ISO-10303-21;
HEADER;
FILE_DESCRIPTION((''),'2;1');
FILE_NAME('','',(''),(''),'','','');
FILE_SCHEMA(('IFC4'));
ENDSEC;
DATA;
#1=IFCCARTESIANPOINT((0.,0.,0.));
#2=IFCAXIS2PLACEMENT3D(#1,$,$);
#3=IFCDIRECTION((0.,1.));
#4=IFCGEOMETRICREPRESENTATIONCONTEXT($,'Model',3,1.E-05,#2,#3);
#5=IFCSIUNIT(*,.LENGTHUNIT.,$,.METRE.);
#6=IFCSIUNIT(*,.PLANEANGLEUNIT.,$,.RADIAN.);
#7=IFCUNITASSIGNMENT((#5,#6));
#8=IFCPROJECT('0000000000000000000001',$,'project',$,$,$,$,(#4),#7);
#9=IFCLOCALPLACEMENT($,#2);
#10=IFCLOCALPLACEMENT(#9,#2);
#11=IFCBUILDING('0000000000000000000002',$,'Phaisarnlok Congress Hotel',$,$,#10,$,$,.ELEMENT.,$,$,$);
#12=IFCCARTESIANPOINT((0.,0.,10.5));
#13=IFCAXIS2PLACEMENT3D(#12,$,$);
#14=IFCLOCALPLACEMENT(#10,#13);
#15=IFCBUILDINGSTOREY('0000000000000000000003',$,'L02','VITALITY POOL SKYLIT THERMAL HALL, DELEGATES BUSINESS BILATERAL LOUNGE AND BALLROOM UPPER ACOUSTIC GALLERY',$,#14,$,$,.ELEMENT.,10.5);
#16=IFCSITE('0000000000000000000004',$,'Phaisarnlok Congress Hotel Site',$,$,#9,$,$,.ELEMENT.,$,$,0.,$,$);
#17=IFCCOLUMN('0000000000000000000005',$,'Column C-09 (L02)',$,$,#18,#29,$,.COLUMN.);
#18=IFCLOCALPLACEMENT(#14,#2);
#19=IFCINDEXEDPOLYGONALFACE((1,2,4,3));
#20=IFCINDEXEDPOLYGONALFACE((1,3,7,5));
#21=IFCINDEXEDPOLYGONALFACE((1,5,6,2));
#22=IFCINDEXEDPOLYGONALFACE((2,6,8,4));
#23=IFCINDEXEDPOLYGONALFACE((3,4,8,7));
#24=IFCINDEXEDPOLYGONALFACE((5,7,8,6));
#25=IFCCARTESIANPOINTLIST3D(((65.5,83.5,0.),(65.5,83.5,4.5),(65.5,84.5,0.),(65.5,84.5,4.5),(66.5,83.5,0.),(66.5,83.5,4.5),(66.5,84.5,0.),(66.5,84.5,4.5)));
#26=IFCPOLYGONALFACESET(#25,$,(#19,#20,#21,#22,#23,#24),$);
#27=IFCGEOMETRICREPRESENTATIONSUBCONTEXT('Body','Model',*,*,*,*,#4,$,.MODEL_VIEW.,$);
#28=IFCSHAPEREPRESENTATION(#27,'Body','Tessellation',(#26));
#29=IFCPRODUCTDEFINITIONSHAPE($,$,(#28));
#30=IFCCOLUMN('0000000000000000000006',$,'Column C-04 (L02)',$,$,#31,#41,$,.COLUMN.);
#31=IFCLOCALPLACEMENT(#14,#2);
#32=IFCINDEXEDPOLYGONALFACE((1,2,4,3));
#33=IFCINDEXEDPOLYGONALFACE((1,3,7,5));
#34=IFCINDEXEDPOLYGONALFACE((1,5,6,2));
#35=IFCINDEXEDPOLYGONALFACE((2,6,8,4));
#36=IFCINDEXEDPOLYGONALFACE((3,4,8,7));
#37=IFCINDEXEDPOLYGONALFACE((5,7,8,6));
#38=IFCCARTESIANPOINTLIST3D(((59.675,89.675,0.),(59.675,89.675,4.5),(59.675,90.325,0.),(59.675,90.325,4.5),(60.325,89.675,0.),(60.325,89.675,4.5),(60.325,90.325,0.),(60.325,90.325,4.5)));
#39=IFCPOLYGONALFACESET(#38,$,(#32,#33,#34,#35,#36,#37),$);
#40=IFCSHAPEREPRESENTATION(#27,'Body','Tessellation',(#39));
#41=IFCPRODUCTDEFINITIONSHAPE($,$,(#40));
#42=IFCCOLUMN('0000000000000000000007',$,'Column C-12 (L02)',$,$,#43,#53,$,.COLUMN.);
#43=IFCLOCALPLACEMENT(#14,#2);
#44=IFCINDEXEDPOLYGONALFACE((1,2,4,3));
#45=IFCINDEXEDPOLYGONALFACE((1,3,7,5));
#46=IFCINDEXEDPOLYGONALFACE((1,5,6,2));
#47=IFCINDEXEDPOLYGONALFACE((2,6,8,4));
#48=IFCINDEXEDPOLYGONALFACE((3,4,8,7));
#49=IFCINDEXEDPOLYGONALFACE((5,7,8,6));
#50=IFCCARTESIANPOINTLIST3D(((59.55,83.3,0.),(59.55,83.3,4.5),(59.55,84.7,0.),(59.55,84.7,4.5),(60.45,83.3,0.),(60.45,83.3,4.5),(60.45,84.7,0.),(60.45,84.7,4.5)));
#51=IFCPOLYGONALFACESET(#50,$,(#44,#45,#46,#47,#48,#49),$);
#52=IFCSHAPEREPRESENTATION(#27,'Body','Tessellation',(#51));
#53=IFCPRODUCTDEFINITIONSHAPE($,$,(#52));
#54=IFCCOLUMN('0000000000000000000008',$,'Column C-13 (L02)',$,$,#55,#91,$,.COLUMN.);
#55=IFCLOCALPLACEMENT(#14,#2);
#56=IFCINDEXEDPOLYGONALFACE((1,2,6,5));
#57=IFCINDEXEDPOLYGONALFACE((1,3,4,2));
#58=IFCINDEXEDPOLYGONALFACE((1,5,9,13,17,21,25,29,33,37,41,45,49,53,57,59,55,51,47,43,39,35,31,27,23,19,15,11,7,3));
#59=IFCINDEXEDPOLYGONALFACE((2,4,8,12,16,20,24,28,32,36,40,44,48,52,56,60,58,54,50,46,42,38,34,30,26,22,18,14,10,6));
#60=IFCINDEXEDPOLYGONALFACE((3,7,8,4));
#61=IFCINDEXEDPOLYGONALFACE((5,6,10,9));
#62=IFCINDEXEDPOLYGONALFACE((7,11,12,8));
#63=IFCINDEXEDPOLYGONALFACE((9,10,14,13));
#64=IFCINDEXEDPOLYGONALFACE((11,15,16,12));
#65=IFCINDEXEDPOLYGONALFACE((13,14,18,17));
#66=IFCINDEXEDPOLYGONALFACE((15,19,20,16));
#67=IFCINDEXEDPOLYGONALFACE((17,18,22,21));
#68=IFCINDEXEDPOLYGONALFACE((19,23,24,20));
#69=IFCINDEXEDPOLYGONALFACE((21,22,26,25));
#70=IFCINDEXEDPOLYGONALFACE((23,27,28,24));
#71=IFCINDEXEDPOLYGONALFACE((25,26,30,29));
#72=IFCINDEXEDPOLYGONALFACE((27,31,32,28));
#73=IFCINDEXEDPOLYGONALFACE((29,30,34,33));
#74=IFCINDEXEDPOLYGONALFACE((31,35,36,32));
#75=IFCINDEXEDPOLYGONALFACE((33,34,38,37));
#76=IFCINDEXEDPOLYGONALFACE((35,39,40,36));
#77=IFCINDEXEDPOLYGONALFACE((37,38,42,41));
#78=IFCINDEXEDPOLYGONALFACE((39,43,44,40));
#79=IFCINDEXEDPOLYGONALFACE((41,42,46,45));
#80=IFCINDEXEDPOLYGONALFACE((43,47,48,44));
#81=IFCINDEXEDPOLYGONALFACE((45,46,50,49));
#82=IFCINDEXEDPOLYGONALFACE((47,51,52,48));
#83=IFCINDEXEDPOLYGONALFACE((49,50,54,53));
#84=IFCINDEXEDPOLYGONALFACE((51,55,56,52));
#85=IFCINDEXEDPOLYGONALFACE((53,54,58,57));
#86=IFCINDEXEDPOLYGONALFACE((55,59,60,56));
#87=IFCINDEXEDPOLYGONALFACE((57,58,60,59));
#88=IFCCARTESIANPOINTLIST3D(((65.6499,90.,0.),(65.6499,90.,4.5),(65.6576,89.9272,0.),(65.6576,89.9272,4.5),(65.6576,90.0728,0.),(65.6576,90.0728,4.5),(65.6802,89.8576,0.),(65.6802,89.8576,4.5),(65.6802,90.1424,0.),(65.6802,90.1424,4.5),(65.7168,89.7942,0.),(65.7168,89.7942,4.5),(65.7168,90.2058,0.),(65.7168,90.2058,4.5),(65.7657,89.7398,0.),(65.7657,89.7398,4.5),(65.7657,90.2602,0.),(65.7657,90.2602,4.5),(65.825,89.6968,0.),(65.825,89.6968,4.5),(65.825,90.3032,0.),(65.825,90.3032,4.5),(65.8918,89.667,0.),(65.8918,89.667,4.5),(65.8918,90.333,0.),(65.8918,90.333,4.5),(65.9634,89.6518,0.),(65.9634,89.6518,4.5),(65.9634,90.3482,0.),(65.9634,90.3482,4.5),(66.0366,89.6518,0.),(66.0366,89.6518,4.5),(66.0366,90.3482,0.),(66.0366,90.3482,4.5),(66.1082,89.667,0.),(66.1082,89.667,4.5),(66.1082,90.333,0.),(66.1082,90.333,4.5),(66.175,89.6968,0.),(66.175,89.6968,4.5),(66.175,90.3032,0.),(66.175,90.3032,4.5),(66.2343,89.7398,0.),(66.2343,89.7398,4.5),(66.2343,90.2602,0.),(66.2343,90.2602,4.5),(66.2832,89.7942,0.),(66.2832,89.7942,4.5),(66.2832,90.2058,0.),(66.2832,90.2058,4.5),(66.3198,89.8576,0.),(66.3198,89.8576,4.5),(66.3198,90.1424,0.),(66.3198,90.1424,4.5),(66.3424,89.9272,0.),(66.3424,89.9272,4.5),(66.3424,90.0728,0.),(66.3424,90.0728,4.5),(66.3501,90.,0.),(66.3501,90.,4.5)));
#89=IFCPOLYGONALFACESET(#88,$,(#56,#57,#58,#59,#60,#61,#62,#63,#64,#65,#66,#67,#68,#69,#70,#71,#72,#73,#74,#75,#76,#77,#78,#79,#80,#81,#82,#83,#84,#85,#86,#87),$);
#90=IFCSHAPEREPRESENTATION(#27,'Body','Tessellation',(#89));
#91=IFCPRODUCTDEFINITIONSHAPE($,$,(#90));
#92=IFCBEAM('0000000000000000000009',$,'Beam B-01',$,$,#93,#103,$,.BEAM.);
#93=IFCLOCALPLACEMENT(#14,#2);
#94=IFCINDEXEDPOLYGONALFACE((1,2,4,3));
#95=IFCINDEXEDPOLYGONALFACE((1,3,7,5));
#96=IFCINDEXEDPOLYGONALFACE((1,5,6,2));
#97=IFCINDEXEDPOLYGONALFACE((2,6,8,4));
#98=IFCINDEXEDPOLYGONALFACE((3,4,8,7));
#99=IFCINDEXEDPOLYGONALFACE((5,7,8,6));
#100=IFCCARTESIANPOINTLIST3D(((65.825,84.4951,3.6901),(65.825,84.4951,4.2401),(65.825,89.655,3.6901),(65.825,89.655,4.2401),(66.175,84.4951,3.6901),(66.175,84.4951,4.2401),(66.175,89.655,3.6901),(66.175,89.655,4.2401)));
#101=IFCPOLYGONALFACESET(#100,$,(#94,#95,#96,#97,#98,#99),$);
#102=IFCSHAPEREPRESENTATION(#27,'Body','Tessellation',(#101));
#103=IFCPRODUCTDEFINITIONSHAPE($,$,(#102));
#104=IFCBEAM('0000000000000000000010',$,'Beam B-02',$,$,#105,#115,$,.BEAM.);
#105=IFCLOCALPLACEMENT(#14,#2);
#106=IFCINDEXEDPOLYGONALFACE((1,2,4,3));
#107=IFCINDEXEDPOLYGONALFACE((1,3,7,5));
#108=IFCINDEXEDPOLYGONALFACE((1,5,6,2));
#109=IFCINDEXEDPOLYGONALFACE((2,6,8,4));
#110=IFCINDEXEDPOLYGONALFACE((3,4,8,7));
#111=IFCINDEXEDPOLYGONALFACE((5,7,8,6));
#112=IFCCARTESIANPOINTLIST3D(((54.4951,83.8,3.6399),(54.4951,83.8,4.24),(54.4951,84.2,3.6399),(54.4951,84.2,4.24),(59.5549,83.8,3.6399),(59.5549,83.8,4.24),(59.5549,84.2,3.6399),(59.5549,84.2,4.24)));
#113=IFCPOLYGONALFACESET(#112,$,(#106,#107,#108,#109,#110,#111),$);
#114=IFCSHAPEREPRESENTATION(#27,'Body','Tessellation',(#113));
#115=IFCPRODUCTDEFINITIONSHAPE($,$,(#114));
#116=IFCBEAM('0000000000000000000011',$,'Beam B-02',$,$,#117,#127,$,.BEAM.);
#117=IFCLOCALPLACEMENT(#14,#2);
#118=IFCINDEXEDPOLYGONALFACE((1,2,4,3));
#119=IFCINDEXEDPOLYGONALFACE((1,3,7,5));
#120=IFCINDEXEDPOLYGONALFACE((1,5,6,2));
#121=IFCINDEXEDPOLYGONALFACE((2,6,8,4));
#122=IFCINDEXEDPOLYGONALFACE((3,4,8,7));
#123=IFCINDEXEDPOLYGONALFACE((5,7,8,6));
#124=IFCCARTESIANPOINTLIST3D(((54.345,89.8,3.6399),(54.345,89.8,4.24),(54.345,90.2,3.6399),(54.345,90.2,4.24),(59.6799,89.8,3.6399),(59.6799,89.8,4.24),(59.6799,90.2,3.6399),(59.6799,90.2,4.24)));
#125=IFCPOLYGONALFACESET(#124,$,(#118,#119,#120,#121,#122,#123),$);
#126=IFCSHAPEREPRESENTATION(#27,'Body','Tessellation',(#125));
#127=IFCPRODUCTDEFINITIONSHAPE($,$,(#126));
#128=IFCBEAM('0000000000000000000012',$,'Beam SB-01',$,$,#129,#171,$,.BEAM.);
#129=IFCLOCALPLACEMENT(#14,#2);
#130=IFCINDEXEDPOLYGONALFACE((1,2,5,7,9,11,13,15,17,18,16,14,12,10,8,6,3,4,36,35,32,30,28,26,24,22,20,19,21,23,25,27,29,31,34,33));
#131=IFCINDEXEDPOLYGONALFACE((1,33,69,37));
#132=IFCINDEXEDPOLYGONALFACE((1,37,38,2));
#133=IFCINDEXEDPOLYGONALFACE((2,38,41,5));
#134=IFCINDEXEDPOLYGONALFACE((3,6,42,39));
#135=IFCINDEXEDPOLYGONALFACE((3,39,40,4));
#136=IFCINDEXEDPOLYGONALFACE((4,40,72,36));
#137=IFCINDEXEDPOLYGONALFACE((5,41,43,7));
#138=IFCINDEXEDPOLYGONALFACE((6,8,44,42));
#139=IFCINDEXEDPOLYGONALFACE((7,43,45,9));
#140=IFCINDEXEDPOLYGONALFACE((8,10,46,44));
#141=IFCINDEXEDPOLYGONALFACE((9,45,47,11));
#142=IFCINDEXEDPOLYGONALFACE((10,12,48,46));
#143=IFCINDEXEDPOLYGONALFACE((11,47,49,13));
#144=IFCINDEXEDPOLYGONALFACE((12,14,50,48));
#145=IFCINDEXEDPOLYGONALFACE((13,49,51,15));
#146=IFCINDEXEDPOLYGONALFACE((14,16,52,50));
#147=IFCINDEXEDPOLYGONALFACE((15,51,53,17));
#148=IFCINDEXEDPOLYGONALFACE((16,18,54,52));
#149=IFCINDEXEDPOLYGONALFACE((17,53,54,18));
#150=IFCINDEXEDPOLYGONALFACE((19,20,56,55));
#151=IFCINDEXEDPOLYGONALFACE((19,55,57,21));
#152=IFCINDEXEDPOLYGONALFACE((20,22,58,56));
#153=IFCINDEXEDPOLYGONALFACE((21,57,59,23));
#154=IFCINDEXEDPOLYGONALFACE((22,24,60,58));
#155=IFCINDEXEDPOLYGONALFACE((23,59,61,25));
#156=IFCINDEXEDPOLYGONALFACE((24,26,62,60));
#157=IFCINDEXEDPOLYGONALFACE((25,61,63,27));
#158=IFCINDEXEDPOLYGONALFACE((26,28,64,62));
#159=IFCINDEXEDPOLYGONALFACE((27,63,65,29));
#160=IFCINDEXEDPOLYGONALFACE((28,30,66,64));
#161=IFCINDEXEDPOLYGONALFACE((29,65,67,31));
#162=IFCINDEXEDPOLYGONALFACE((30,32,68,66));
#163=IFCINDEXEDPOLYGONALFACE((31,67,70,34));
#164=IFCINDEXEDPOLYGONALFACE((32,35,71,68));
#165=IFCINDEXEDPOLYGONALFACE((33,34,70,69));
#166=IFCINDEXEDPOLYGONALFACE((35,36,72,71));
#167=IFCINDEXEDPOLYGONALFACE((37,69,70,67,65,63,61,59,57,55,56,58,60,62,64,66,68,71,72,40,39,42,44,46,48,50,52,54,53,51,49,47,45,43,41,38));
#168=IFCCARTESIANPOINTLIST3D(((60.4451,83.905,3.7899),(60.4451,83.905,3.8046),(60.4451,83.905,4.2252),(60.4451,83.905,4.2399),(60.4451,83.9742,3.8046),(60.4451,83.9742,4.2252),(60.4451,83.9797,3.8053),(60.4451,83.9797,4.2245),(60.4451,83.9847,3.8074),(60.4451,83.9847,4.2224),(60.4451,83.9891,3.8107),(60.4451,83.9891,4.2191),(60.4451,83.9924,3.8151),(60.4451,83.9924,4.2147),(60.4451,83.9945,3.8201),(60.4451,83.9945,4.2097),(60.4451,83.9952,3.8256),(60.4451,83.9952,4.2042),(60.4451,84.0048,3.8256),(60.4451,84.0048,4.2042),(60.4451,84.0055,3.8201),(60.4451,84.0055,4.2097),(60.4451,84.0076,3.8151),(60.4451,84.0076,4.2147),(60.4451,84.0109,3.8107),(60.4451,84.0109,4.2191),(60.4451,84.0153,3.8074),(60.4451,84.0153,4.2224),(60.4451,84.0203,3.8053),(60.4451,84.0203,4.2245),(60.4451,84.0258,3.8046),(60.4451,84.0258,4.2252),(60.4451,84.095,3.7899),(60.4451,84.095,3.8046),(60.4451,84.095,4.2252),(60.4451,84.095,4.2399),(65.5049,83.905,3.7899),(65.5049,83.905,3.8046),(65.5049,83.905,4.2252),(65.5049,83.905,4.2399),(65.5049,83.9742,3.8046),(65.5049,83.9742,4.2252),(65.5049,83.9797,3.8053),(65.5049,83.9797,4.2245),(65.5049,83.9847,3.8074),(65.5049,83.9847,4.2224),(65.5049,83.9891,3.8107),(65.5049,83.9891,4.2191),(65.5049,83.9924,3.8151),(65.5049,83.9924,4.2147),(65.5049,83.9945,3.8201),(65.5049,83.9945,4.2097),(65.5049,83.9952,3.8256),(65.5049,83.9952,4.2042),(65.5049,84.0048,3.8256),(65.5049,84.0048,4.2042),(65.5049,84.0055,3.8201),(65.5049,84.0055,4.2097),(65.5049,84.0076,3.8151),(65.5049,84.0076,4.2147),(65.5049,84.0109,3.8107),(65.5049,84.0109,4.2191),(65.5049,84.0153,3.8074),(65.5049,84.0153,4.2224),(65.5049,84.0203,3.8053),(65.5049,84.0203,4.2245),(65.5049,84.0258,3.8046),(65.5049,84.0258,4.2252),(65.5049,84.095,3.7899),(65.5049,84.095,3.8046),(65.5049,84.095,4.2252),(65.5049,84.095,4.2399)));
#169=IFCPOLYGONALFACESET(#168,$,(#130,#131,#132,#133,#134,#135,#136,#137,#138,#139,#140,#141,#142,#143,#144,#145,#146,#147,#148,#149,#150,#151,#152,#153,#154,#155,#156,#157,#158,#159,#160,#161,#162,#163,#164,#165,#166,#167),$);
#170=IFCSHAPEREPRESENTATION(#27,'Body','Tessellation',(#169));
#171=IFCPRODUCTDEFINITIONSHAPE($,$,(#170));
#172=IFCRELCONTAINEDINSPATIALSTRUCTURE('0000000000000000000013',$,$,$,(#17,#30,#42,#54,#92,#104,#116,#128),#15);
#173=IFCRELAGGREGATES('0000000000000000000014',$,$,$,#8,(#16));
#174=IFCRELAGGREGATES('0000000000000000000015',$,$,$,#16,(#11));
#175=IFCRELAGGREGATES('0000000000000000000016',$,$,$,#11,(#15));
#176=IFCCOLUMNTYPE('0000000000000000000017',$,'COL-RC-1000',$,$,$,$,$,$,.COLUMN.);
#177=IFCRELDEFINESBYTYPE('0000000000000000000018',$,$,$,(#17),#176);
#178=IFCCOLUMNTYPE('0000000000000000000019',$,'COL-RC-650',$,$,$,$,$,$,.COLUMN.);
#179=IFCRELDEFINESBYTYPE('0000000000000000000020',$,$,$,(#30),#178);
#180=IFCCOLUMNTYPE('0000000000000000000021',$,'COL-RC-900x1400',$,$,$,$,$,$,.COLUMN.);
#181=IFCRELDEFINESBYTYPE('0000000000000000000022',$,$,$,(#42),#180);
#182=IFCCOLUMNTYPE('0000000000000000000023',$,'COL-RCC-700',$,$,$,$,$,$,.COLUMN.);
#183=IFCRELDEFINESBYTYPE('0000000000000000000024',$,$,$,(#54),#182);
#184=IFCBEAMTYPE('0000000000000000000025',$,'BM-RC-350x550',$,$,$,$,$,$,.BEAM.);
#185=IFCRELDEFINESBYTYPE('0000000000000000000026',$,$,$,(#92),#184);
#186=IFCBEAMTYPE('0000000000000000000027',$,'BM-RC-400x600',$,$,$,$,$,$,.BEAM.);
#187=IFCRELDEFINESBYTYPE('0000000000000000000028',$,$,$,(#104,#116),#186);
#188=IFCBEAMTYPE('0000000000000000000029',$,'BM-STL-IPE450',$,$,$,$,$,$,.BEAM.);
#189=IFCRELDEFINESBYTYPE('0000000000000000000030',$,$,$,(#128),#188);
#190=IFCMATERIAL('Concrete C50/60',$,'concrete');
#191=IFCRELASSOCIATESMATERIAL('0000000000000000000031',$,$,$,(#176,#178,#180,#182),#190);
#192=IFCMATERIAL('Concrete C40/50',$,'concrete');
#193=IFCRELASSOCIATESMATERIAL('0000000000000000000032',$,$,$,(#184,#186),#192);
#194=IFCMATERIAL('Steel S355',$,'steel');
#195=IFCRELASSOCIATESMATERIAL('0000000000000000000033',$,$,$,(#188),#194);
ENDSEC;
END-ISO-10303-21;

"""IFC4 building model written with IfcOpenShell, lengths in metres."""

from ifc_helpers import new_model, si_unit, direction, frame, origin, origin_2d, place, context, subcontext, project, spatial, rectangle, circle, i_section, extrude, material, material_profile, profile_set, type_object, element, save


model = new_model("IFC4")

# Units and contexts
model_context = context("Model", 3, precision=1e-05, world=origin(), true_north=direction((0.0, 1.0)))
body_context = subcontext(model_context, "Body", "Model", "MODEL_VIEW")
ifc_project = project(units=[si_unit("LENGTHUNIT", "METRE"), si_unit("PLANEANGLEUNIT", "RADIAN")], contexts=[model_context])

# Site, building, storey
site_placement = place(None, origin())
site = spatial("IfcSite", under=ifc_project, at=site_placement, Name="Phaisarnlok Congress Hotel Site", CompositionType="ELEMENT", RefElevation=0.0)
building_placement = place(site_placement, origin())
building = spatial("IfcBuilding", under=site, at=building_placement, Name="Phaisarnlok Congress Hotel", CompositionType="ELEMENT")
storey_placement = place(building_placement, frame((0.0, 0.0, 10.5)))
storey = spatial("IfcBuildingStorey", under=building, at=storey_placement, Name="L02", Description="VITALITY POOL SKYLIT THERMAL HALL, DELEGATES BUSINESS BILATERAL LOUNGE AND BALLROOM UPPER ACOUSTIC GALLERY", CompositionType="ELEMENT", Elevation=10.5)

# Columns
ifc_material_1 = material(Name="Concrete C50/60", Category="concrete")
ifc_material_profile_1 = material_profile(ifc_material_1, rectangle(XDim=1.0, YDim=1.0, at=origin_2d()), Name="RC 1000x1000")
ifc_profile_set_1 = profile_set([ifc_material_profile_1], Name="Concrete C50/60")
column_type_1 = type_object("IfcColumnType", Name="COL-RC-1000", PredefinedType="COLUMN", material=ifc_profile_set_1)
column_1_placement = place(storey_placement, frame((66.0, 84.0, 0.0), z_axis=(0.0, 0.0, 1.0), x_axis=(1.0, 0.0, 0.0)))
element("IfcColumn", 1, at=column_1_placement, inside=storey, type_object=column_type_1, Name="Column C-09 (L02)", PredefinedType="COLUMN", context=body_context, shape_type="SweptSolid", body=[
    extrude(rectangle(XDim=1.0, YDim=1.0, at=origin_2d()), origin(), (0.0, 0.0, 1.0), 4.5),
])
ifc_material_profile_2 = material_profile(ifc_material_1, rectangle(XDim=0.6499, YDim=0.6499, at=origin_2d()), Name="RC 650x650")
ifc_profile_set_2 = profile_set([ifc_material_profile_2], Name="Concrete C50/60")
column_type_2 = type_object("IfcColumnType", Name="COL-RC-650", PredefinedType="COLUMN", material=ifc_profile_set_2)
column_2_placement = place(storey_placement, frame((60.0, 90.0, 0.0), z_axis=(0.0, 0.0, 1.0), x_axis=(1.0, 0.0, 0.0)))
element("IfcColumn", 2, at=column_2_placement, inside=storey, type_object=column_type_2, Name="Column C-04 (L02)", PredefinedType="COLUMN", context=body_context, shape_type="SweptSolid", body=[
    extrude(rectangle(XDim=0.6499, YDim=0.6499, at=origin_2d()), origin(), (0.0, 0.0, 1.0), 4.5),
])
ifc_material_profile_3 = material_profile(ifc_material_1, rectangle(XDim=0.8999, YDim=1.3999, at=origin_2d()), Name="RC 900x1400")
ifc_profile_set_3 = profile_set([ifc_material_profile_3], Name="Concrete C50/60")
column_type_3 = type_object("IfcColumnType", Name="COL-RC-900x1400", PredefinedType="COLUMN", material=ifc_profile_set_3)
column_3_placement = place(storey_placement, frame((60.0, 84.0, 0.0), z_axis=(0.0, 0.0, 1.0), x_axis=(1.0, 0.0, 0.0)))
element("IfcColumn", 3, at=column_3_placement, inside=storey, type_object=column_type_3, Name="Column C-12 (L02)", PredefinedType="COLUMN", context=body_context, shape_type="SweptSolid", body=[
    extrude(rectangle(XDim=0.8999, YDim=1.3999, at=origin_2d()), origin(), (0.0, 0.0, 1.0), 4.5),
])
ifc_material_profile_4 = material_profile(ifc_material_1, circle(Radius=0.3501, at=origin_2d()), Name="RCC D700")
ifc_profile_set_4 = profile_set([ifc_material_profile_4], Name="Concrete C50/60")
column_type_4 = type_object("IfcColumnType", Name="COL-RCC-700", PredefinedType="COLUMN", material=ifc_profile_set_4)
column_4_placement = place(storey_placement, frame((66.0, 90.0, 0.0), z_axis=(0.0, 0.0, 1.0), x_axis=(1.0, 0.0, 0.0)))
element("IfcColumn", 4, at=column_4_placement, inside=storey, type_object=column_type_4, Name="Column C-13 (L02)", PredefinedType="COLUMN", context=body_context, shape_type="SweptSolid", body=[
    extrude(circle(Radius=0.3501, at=origin_2d()), origin(), (0.0, 0.0, 1.0), 4.5),
])

# Beams
ifc_material_2 = material(Name="Concrete C40/50", Category="concrete")
ifc_material_profile_5 = material_profile(ifc_material_2, rectangle(XDim=0.3501, YDim=0.55, at=origin_2d()), Name="RC 350x550")
ifc_profile_set_5 = profile_set([ifc_material_profile_5], Name="Concrete C40/50")
beam_type_1 = type_object("IfcBeamType", Name="BM-RC-350x550", PredefinedType="BEAM", material=ifc_profile_set_5)
beam_1_placement = place(storey_placement, frame((66.0, 84.4951, 3.9651), z_axis=(0.0, 1.0, 0.0), x_axis=(-1.0, 0.0, 0.0)))
element("IfcBeam", 5, at=beam_1_placement, inside=storey, type_object=beam_type_1, Name="Beam B-01", PredefinedType="BEAM", context=body_context, shape_type="SweptSolid", body=[
    extrude(rectangle(XDim=0.3501, YDim=0.55, at=origin_2d()), origin(), (0.0, 0.0, 1.0), 5.1599),
])
ifc_material_profile_6 = material_profile(ifc_material_2, rectangle(XDim=0.3999, YDim=0.6001, at=origin_2d()), Name="RC 400x600")
ifc_profile_set_6 = profile_set([ifc_material_profile_6], Name="Concrete C40/50")
beam_type_2 = type_object("IfcBeamType", Name="BM-RC-400x600", PredefinedType="BEAM", material=ifc_profile_set_6)
beam_2_placement = place(storey_placement, frame((54.4951, 84.0, 3.9399), z_axis=(1.0, 0.0, 0.0), x_axis=(0.0, 1.0, 0.0)))
element("IfcBeam", 6, at=beam_2_placement, inside=storey, type_object=beam_type_2, Name="Beam B-02", PredefinedType="BEAM", context=body_context, shape_type="SweptSolid", body=[
    extrude(rectangle(XDim=0.3999, YDim=0.6001, at=origin_2d()), origin(), (0.0, 0.0, 1.0), 5.0598),
])
beam_3_placement = place(storey_placement, frame((54.345, 90.0, 3.9399), z_axis=(1.0, 0.0, 0.0), x_axis=(0.0, 1.0, 0.0)))
element("IfcBeam", 7, at=beam_3_placement, inside=storey, type_object=beam_type_2, Name="Beam B-02", PredefinedType="BEAM", context=body_context, shape_type="SweptSolid", body=[
    extrude(rectangle(XDim=0.3999, YDim=0.6001, at=origin_2d()), origin(), (0.0, 0.0, 1.0), 5.335),
])
ifc_material_3 = material(Name="Steel S355", Category="steel")
ifc_material_profile_7 = material_profile(ifc_material_3, i_section(OverallWidth=0.1899, OverallDepth=0.45, WebThickness=0.0095, FlangeThickness=0.0146, FilletRadius=0.021, at=origin_2d()), Name="IPE 450")
ifc_profile_set_7 = profile_set([ifc_material_profile_7], Name="Steel S355")
beam_type_3 = type_object("IfcBeamType", Name="BM-STL-IPE450", PredefinedType="BEAM", material=ifc_profile_set_7)
beam_4_placement = place(storey_placement, frame((60.4451, 84.0, 4.0149), z_axis=(1.0, 0.0, 0.0), x_axis=(0.0, 1.0, 0.0)))
element("IfcBeam", 8, at=beam_4_placement, inside=storey, type_object=beam_type_3, Name="Beam SB-01", PredefinedType="BEAM", context=body_context, shape_type="SweptSolid", body=[
    extrude(i_section(OverallWidth=0.1899, OverallDepth=0.45, WebThickness=0.0095, FlangeThickness=0.0146, FilletRadius=0.021, at=origin_2d()), origin(), (0.0, 0.0, 1.0), 5.0598),
])

save(model, "model.ifc")
